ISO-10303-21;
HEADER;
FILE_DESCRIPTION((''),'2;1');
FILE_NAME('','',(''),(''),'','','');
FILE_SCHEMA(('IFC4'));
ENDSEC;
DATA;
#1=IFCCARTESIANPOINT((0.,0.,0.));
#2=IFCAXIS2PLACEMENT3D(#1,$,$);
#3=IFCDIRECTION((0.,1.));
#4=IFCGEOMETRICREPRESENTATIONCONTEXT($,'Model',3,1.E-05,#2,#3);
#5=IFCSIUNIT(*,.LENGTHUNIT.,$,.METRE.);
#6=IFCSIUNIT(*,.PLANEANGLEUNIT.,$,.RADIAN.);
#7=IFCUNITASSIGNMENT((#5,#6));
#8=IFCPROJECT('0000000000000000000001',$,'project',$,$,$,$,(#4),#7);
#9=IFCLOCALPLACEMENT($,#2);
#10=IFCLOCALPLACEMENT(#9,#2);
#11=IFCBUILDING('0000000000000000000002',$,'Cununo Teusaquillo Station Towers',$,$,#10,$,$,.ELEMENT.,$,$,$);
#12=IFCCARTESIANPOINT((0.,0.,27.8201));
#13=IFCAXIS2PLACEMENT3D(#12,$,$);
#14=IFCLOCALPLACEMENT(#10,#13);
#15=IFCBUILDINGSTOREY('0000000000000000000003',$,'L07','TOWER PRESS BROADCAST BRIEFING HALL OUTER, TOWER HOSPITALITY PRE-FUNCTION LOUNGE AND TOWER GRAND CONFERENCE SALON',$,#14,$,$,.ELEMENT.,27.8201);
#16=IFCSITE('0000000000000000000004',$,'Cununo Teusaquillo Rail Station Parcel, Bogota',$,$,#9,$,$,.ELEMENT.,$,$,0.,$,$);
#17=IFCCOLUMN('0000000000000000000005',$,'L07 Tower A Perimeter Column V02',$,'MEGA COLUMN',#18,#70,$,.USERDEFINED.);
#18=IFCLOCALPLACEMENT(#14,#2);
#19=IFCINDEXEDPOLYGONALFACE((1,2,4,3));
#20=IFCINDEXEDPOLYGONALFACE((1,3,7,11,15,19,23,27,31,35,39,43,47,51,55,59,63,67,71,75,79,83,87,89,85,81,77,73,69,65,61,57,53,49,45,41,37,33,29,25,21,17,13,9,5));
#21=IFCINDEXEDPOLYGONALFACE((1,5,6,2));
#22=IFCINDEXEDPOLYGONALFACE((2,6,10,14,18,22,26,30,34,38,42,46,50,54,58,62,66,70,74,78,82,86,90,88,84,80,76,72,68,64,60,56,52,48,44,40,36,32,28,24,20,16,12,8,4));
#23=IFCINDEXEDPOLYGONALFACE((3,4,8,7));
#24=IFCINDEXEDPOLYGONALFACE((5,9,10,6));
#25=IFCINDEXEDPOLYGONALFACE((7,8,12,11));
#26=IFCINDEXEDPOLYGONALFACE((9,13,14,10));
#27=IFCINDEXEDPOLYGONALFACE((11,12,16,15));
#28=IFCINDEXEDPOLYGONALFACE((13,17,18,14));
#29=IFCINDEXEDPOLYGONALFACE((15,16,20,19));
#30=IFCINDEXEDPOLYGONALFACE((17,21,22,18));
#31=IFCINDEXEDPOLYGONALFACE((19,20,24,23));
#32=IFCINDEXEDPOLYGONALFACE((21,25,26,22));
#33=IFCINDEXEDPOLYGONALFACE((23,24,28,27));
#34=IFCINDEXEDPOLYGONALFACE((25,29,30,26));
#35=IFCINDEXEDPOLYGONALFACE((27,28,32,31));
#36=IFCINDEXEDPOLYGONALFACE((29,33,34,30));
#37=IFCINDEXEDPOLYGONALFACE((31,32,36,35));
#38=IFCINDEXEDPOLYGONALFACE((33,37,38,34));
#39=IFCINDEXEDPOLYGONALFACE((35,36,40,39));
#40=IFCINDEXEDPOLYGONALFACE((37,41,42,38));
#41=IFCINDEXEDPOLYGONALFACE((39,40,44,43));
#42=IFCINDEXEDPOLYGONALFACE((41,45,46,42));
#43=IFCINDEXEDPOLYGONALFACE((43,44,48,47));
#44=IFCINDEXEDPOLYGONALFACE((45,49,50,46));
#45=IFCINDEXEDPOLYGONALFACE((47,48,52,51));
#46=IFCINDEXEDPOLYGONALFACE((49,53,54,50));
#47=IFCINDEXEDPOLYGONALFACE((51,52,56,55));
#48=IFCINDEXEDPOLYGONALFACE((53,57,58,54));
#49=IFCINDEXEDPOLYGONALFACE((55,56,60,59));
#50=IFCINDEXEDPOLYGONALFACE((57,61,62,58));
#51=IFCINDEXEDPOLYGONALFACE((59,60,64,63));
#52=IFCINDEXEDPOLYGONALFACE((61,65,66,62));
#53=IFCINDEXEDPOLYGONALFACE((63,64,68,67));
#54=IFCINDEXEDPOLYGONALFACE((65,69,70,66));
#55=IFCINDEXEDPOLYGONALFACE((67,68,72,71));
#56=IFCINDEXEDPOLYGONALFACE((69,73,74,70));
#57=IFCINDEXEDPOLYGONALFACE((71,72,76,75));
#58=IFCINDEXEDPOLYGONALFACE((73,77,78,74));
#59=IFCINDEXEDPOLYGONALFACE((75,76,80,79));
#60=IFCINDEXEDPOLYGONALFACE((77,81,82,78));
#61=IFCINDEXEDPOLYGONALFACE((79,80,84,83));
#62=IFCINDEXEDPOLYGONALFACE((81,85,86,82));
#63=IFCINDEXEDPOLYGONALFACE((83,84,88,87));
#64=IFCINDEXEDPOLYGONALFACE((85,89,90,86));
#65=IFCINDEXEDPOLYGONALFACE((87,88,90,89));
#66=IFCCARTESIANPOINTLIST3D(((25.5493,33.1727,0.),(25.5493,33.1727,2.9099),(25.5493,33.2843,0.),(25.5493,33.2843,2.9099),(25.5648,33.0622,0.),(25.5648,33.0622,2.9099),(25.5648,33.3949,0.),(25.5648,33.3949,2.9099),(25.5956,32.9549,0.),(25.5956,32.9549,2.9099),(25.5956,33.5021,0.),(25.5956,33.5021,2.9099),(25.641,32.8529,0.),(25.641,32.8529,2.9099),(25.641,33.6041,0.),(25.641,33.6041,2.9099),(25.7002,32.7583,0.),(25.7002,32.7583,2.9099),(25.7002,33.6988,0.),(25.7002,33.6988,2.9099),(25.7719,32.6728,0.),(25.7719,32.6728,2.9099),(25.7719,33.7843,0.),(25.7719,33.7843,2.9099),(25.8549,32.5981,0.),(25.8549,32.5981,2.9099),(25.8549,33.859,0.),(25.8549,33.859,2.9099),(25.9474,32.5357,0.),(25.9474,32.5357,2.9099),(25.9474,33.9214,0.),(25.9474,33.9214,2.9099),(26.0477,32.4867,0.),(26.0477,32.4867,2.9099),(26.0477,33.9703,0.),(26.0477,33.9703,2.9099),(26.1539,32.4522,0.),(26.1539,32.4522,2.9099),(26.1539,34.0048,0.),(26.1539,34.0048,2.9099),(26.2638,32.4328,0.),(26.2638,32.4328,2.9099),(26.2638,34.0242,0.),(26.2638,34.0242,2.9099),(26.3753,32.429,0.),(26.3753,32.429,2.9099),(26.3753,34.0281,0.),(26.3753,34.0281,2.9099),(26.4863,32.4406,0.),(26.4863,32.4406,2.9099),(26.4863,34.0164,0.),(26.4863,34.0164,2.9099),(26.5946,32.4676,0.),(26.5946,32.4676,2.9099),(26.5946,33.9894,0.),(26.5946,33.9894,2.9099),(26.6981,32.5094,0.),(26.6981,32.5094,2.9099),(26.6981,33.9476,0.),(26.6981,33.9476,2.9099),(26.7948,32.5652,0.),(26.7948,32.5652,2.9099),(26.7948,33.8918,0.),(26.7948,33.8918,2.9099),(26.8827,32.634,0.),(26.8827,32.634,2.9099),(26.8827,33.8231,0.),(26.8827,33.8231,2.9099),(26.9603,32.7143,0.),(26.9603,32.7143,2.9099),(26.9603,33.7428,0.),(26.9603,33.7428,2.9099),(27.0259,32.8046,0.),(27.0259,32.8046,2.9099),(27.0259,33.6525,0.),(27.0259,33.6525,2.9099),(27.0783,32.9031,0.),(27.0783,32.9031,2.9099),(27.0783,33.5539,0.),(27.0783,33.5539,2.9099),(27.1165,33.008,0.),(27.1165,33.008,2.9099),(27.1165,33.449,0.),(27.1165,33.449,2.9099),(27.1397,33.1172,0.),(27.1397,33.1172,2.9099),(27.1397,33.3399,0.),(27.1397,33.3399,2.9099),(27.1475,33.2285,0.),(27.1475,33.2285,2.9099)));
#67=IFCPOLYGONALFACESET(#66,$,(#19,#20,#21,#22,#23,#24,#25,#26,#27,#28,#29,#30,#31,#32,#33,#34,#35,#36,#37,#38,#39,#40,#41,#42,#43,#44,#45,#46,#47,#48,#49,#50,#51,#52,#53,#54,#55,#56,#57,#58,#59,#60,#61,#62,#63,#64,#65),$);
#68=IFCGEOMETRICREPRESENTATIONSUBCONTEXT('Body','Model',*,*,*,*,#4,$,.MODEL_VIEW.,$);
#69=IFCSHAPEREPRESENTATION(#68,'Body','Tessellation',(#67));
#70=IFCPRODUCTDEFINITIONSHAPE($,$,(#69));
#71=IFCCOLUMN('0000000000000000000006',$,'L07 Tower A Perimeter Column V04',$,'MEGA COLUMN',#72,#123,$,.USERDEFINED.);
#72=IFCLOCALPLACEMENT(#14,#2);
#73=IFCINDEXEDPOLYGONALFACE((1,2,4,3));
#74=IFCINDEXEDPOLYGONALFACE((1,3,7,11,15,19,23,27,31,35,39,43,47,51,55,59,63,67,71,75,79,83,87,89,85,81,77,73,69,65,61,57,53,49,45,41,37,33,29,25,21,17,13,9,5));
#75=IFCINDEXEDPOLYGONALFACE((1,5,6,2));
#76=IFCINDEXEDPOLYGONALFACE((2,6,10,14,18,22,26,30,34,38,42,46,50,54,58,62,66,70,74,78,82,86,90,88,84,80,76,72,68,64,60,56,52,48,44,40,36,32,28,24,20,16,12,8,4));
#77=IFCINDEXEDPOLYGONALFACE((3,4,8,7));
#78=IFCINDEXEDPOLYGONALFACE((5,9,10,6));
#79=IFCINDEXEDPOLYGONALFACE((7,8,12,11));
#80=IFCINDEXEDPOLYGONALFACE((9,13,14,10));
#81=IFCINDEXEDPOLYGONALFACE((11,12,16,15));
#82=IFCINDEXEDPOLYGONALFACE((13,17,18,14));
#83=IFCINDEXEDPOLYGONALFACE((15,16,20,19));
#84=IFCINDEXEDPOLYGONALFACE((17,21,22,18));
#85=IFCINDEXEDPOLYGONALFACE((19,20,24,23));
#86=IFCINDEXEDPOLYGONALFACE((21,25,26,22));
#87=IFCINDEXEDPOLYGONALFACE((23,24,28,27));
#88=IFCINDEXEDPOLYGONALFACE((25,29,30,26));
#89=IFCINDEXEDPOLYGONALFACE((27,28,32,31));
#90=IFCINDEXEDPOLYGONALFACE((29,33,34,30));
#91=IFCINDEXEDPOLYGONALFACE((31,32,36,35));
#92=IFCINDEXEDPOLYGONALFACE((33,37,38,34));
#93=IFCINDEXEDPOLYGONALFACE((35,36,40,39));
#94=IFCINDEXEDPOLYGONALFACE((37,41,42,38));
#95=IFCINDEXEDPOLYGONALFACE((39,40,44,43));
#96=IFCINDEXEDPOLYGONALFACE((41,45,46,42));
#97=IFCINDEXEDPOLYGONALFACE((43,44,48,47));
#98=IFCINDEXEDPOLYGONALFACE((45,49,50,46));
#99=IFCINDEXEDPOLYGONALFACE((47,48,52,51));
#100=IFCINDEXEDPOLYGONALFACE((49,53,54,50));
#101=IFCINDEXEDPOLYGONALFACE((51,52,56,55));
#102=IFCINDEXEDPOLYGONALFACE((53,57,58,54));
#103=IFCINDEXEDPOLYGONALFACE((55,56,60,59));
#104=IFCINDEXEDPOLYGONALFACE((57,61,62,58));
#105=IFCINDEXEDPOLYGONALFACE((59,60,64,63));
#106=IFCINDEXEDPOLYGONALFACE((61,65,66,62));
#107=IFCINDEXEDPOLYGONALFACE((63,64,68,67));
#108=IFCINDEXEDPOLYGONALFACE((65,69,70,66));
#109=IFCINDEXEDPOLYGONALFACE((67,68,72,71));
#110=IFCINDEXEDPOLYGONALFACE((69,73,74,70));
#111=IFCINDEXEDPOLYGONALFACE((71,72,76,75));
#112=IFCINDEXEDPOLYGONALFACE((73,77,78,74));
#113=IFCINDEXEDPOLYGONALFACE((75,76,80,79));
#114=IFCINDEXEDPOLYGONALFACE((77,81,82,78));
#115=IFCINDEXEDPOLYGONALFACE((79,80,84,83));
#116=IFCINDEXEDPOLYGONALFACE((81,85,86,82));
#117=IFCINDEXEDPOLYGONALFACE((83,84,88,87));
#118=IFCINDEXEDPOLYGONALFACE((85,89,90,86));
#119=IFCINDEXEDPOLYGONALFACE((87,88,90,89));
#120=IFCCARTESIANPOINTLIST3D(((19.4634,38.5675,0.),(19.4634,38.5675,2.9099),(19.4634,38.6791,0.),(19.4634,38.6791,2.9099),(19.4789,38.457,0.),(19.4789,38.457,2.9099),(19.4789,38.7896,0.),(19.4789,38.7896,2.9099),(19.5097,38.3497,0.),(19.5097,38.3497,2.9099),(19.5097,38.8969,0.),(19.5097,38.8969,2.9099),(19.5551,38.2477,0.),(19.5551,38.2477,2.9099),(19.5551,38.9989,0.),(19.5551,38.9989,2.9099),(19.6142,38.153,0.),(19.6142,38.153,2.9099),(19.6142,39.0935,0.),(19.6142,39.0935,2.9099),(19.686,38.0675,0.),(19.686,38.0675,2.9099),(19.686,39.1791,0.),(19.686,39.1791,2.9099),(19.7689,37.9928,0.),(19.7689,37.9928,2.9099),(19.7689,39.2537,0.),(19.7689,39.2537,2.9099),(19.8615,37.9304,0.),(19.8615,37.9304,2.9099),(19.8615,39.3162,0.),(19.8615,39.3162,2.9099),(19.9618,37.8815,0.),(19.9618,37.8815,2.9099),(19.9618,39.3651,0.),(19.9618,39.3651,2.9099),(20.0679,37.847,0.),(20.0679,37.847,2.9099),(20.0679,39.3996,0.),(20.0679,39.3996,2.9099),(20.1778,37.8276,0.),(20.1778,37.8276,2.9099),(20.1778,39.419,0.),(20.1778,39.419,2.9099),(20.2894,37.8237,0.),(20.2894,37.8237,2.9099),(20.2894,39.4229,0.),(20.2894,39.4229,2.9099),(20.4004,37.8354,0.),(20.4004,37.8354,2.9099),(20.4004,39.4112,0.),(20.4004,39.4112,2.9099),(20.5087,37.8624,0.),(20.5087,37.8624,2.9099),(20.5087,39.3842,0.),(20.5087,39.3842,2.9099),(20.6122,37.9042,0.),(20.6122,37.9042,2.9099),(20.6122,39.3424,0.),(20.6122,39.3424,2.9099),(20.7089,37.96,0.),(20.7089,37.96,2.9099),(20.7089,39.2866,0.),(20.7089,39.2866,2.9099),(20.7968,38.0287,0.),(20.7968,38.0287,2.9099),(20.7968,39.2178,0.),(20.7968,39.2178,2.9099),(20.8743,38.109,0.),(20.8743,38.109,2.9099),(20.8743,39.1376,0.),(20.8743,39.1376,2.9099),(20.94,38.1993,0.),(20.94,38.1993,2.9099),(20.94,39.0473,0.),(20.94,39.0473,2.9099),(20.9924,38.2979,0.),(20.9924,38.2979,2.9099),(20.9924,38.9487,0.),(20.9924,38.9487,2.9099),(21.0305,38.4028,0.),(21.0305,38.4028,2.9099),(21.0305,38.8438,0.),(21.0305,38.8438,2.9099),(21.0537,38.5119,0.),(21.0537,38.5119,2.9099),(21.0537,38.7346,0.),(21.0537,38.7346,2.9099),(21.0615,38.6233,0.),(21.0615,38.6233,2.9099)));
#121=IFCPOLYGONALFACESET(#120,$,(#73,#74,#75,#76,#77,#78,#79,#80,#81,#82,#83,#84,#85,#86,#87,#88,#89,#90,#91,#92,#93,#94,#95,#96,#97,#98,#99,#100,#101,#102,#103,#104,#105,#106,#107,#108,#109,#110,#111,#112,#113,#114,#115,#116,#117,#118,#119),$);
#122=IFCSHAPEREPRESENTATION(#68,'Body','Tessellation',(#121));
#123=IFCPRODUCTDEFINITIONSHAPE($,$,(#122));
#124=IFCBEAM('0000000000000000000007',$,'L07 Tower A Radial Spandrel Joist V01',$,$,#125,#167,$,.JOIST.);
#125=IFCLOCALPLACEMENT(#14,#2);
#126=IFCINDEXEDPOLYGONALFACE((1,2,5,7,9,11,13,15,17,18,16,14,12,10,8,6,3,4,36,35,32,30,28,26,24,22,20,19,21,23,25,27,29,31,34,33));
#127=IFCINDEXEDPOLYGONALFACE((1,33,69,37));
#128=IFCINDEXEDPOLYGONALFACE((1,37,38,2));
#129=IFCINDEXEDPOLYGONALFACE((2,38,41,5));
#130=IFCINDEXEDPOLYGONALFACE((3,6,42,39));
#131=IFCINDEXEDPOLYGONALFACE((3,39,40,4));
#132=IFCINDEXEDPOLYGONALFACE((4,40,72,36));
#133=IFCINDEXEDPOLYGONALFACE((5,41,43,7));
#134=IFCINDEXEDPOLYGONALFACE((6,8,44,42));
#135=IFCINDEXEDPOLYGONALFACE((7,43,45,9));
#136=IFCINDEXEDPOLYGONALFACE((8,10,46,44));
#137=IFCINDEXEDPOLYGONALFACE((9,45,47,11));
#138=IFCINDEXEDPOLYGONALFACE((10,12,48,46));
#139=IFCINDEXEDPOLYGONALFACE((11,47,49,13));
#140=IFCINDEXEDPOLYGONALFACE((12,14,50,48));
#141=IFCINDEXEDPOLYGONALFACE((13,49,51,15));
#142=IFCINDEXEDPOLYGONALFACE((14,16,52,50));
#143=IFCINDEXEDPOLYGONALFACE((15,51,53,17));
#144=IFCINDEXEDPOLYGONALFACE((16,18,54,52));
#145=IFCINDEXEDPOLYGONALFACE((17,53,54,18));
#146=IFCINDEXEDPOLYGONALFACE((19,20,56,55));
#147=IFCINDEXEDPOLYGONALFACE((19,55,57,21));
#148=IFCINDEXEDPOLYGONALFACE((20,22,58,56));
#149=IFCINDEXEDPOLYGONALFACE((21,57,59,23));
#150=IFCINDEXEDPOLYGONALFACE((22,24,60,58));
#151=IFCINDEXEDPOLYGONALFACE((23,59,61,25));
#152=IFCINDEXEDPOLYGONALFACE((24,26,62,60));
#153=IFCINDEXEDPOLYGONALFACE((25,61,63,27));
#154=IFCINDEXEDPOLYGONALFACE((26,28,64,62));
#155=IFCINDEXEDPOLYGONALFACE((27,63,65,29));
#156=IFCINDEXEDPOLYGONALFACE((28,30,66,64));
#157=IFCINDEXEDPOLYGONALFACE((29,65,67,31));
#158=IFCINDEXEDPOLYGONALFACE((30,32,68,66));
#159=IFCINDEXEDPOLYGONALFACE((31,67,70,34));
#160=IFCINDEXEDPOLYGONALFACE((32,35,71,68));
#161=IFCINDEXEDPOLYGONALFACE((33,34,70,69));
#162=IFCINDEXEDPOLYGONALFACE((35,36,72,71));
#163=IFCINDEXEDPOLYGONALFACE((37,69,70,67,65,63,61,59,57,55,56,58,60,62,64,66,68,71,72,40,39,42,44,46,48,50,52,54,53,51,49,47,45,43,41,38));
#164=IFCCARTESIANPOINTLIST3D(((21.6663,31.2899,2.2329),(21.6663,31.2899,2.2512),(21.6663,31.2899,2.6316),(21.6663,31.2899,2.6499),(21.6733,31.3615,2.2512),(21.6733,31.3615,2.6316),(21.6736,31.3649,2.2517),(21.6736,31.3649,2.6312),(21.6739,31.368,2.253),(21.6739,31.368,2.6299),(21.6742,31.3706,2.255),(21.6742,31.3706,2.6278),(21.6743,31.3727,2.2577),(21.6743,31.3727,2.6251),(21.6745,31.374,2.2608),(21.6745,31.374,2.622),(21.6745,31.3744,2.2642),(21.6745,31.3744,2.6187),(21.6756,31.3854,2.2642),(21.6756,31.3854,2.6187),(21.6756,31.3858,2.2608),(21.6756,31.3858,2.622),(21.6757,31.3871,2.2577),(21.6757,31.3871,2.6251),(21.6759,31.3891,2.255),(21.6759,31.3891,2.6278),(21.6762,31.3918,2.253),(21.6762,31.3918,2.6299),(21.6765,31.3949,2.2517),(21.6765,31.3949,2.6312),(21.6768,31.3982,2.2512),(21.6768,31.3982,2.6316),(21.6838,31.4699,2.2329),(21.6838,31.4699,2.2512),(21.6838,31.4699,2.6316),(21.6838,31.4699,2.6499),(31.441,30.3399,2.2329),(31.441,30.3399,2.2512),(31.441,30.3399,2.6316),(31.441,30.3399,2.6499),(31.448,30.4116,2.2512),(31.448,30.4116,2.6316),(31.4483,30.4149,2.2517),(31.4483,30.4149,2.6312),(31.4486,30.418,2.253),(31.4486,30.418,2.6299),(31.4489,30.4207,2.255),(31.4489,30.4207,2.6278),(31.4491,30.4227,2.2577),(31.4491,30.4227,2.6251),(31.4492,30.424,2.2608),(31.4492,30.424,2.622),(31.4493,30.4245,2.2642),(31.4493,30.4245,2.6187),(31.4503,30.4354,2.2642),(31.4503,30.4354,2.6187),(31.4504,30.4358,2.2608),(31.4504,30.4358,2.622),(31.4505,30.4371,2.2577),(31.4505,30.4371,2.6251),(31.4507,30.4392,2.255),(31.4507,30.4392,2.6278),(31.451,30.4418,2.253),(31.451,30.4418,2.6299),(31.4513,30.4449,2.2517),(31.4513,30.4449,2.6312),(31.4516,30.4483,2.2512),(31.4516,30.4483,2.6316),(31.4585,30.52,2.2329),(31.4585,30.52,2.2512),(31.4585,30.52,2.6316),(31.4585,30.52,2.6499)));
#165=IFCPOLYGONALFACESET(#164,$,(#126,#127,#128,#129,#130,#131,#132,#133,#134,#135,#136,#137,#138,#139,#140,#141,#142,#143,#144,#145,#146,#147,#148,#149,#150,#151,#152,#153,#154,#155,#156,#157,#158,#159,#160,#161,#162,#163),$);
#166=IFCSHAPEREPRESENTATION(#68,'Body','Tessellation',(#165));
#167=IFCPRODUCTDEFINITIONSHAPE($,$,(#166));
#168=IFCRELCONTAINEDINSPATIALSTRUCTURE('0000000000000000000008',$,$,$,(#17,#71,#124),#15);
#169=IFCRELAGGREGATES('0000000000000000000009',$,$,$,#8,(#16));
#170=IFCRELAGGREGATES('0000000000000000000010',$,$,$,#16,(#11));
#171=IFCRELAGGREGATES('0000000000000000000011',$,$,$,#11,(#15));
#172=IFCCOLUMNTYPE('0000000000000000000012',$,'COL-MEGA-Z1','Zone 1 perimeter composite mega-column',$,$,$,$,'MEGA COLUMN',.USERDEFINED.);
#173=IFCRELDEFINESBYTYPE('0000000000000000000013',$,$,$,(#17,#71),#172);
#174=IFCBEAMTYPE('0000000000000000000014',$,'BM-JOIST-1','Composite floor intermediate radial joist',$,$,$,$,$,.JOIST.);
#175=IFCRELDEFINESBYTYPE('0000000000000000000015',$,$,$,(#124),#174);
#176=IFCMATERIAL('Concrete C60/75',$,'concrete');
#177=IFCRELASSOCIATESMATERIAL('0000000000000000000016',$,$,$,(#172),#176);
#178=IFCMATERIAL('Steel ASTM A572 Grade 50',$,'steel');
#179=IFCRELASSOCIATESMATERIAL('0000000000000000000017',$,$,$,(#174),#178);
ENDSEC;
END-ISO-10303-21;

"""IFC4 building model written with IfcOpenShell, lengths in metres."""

from ifc_helpers import new_model, si_unit, direction, frame, origin, origin_2d, place, context, subcontext, project, spatial, circle, i_section, extrude, material, material_profile, profile_set, type_object, element, save


model = new_model("IFC4")

# Units and contexts
model_context = context("Model", 3, precision=1e-05, world=origin(), true_north=direction((0.0, 1.0)))
body_context = subcontext(model_context, "Body", "Model", "MODEL_VIEW")
ifc_project = project(units=[si_unit("LENGTHUNIT", "METRE"), si_unit("PLANEANGLEUNIT", "RADIAN")], contexts=[model_context])

# Site, building, storey
site_placement = place(None, origin())
site = spatial("IfcSite", under=ifc_project, at=site_placement, Name="Cununo Teusaquillo Rail Station Parcel, Bogota", CompositionType="ELEMENT", RefElevation=0.0)
building_placement = place(site_placement, origin())
building = spatial("IfcBuilding", under=site, at=building_placement, Name="Cununo Teusaquillo Station Towers", CompositionType="ELEMENT")
storey_placement = place(building_placement, frame((0.0, 0.0, 27.8201)))
storey = spatial("IfcBuildingStorey", under=building, at=storey_placement, Name="L07", Description="TOWER PRESS BROADCAST BRIEFING HALL OUTER, TOWER HOSPITALITY PRE-FUNCTION LOUNGE AND TOWER GRAND CONFERENCE SALON", CompositionType="ELEMENT", Elevation=27.8201)

# Columns
ifc_material_1 = material(Name="Concrete C60/75", Category="concrete")
ifc_material_profile_1 = material_profile(ifc_material_1, circle(Radius=0.8, at=origin_2d()), Name="RC-CIRC-1600")
ifc_profile_set_1 = profile_set([ifc_material_profile_1], Name="Concrete C60/75")
column_type = type_object("IfcColumnType", Name="COL-MEGA-Z1", Description="Zone 1 perimeter composite mega-column", ElementType="MEGA COLUMN", PredefinedType="USERDEFINED", material=ifc_profile_set_1)
for number, where, z_axis, x_axis, name in (
    (1, (26.3474, 33.2285, 0.0), (0.0, 0.0, 1.0), (1.0, 0.0, 0.0), "L07 Tower A Perimeter Column V02"),
    (2, (20.2615, 38.6233, 0.0), (0.0, 0.0, 1.0), (1.0, 0.0, 0.0), "L07 Tower A Perimeter Column V04"),
):
    element("IfcColumn", number, at=place(storey_placement, frame(where, z_axis=z_axis, x_axis=x_axis)), inside=storey, type_object=column_type, Name=name, ObjectType="MEGA COLUMN", PredefinedType="USERDEFINED", context=body_context, shape_type="SweptSolid", body=[
        extrude(circle(Radius=0.8, at=origin_2d()), origin(), (0.0, 0.0, 1.0), 2.9099),
    ])

# Beam
ifc_material_2 = material(Name="Steel ASTM A572 Grade 50", Category="steel")
ifc_material_profile_2 = material_profile(ifc_material_2, i_section(OverallWidth=0.1809, OverallDepth=0.417, WebThickness=0.011, FlangeThickness=0.0183, FilletRadius=0.0129, at=origin_2d()), Name="W16X57")
ifc_profile_set_2 = profile_set([ifc_material_profile_2], Name="Steel ASTM A572 Grade 50")
beam_type_1 = type_object("IfcBeamType", Name="BM-JOIST-1", Description="Composite floor intermediate radial joist", PredefinedType="JOIST", material=ifc_profile_set_2)
beam_1_placement = place(storey_placement, frame((21.675, 31.3799, 2.4414), z_axis=(0.995311, -0.096729, 0.0), x_axis=(0.096729, 0.995311, 0.0)))
element("IfcBeam", 3, at=beam_1_placement, inside=storey, type_object=beam_type_1, Name="L07 Tower A Radial Spandrel Joist V01", PredefinedType="JOIST", context=body_context, shape_type="SweptSolid", body=[
    extrude(i_section(OverallWidth=0.1809, OverallDepth=0.417, WebThickness=0.011, FlangeThickness=0.0183, FilletRadius=0.0129, at=origin_2d()), origin(), (0.0, 0.0, 1.0), 9.8208),
])

save(model, "model.ifc")
